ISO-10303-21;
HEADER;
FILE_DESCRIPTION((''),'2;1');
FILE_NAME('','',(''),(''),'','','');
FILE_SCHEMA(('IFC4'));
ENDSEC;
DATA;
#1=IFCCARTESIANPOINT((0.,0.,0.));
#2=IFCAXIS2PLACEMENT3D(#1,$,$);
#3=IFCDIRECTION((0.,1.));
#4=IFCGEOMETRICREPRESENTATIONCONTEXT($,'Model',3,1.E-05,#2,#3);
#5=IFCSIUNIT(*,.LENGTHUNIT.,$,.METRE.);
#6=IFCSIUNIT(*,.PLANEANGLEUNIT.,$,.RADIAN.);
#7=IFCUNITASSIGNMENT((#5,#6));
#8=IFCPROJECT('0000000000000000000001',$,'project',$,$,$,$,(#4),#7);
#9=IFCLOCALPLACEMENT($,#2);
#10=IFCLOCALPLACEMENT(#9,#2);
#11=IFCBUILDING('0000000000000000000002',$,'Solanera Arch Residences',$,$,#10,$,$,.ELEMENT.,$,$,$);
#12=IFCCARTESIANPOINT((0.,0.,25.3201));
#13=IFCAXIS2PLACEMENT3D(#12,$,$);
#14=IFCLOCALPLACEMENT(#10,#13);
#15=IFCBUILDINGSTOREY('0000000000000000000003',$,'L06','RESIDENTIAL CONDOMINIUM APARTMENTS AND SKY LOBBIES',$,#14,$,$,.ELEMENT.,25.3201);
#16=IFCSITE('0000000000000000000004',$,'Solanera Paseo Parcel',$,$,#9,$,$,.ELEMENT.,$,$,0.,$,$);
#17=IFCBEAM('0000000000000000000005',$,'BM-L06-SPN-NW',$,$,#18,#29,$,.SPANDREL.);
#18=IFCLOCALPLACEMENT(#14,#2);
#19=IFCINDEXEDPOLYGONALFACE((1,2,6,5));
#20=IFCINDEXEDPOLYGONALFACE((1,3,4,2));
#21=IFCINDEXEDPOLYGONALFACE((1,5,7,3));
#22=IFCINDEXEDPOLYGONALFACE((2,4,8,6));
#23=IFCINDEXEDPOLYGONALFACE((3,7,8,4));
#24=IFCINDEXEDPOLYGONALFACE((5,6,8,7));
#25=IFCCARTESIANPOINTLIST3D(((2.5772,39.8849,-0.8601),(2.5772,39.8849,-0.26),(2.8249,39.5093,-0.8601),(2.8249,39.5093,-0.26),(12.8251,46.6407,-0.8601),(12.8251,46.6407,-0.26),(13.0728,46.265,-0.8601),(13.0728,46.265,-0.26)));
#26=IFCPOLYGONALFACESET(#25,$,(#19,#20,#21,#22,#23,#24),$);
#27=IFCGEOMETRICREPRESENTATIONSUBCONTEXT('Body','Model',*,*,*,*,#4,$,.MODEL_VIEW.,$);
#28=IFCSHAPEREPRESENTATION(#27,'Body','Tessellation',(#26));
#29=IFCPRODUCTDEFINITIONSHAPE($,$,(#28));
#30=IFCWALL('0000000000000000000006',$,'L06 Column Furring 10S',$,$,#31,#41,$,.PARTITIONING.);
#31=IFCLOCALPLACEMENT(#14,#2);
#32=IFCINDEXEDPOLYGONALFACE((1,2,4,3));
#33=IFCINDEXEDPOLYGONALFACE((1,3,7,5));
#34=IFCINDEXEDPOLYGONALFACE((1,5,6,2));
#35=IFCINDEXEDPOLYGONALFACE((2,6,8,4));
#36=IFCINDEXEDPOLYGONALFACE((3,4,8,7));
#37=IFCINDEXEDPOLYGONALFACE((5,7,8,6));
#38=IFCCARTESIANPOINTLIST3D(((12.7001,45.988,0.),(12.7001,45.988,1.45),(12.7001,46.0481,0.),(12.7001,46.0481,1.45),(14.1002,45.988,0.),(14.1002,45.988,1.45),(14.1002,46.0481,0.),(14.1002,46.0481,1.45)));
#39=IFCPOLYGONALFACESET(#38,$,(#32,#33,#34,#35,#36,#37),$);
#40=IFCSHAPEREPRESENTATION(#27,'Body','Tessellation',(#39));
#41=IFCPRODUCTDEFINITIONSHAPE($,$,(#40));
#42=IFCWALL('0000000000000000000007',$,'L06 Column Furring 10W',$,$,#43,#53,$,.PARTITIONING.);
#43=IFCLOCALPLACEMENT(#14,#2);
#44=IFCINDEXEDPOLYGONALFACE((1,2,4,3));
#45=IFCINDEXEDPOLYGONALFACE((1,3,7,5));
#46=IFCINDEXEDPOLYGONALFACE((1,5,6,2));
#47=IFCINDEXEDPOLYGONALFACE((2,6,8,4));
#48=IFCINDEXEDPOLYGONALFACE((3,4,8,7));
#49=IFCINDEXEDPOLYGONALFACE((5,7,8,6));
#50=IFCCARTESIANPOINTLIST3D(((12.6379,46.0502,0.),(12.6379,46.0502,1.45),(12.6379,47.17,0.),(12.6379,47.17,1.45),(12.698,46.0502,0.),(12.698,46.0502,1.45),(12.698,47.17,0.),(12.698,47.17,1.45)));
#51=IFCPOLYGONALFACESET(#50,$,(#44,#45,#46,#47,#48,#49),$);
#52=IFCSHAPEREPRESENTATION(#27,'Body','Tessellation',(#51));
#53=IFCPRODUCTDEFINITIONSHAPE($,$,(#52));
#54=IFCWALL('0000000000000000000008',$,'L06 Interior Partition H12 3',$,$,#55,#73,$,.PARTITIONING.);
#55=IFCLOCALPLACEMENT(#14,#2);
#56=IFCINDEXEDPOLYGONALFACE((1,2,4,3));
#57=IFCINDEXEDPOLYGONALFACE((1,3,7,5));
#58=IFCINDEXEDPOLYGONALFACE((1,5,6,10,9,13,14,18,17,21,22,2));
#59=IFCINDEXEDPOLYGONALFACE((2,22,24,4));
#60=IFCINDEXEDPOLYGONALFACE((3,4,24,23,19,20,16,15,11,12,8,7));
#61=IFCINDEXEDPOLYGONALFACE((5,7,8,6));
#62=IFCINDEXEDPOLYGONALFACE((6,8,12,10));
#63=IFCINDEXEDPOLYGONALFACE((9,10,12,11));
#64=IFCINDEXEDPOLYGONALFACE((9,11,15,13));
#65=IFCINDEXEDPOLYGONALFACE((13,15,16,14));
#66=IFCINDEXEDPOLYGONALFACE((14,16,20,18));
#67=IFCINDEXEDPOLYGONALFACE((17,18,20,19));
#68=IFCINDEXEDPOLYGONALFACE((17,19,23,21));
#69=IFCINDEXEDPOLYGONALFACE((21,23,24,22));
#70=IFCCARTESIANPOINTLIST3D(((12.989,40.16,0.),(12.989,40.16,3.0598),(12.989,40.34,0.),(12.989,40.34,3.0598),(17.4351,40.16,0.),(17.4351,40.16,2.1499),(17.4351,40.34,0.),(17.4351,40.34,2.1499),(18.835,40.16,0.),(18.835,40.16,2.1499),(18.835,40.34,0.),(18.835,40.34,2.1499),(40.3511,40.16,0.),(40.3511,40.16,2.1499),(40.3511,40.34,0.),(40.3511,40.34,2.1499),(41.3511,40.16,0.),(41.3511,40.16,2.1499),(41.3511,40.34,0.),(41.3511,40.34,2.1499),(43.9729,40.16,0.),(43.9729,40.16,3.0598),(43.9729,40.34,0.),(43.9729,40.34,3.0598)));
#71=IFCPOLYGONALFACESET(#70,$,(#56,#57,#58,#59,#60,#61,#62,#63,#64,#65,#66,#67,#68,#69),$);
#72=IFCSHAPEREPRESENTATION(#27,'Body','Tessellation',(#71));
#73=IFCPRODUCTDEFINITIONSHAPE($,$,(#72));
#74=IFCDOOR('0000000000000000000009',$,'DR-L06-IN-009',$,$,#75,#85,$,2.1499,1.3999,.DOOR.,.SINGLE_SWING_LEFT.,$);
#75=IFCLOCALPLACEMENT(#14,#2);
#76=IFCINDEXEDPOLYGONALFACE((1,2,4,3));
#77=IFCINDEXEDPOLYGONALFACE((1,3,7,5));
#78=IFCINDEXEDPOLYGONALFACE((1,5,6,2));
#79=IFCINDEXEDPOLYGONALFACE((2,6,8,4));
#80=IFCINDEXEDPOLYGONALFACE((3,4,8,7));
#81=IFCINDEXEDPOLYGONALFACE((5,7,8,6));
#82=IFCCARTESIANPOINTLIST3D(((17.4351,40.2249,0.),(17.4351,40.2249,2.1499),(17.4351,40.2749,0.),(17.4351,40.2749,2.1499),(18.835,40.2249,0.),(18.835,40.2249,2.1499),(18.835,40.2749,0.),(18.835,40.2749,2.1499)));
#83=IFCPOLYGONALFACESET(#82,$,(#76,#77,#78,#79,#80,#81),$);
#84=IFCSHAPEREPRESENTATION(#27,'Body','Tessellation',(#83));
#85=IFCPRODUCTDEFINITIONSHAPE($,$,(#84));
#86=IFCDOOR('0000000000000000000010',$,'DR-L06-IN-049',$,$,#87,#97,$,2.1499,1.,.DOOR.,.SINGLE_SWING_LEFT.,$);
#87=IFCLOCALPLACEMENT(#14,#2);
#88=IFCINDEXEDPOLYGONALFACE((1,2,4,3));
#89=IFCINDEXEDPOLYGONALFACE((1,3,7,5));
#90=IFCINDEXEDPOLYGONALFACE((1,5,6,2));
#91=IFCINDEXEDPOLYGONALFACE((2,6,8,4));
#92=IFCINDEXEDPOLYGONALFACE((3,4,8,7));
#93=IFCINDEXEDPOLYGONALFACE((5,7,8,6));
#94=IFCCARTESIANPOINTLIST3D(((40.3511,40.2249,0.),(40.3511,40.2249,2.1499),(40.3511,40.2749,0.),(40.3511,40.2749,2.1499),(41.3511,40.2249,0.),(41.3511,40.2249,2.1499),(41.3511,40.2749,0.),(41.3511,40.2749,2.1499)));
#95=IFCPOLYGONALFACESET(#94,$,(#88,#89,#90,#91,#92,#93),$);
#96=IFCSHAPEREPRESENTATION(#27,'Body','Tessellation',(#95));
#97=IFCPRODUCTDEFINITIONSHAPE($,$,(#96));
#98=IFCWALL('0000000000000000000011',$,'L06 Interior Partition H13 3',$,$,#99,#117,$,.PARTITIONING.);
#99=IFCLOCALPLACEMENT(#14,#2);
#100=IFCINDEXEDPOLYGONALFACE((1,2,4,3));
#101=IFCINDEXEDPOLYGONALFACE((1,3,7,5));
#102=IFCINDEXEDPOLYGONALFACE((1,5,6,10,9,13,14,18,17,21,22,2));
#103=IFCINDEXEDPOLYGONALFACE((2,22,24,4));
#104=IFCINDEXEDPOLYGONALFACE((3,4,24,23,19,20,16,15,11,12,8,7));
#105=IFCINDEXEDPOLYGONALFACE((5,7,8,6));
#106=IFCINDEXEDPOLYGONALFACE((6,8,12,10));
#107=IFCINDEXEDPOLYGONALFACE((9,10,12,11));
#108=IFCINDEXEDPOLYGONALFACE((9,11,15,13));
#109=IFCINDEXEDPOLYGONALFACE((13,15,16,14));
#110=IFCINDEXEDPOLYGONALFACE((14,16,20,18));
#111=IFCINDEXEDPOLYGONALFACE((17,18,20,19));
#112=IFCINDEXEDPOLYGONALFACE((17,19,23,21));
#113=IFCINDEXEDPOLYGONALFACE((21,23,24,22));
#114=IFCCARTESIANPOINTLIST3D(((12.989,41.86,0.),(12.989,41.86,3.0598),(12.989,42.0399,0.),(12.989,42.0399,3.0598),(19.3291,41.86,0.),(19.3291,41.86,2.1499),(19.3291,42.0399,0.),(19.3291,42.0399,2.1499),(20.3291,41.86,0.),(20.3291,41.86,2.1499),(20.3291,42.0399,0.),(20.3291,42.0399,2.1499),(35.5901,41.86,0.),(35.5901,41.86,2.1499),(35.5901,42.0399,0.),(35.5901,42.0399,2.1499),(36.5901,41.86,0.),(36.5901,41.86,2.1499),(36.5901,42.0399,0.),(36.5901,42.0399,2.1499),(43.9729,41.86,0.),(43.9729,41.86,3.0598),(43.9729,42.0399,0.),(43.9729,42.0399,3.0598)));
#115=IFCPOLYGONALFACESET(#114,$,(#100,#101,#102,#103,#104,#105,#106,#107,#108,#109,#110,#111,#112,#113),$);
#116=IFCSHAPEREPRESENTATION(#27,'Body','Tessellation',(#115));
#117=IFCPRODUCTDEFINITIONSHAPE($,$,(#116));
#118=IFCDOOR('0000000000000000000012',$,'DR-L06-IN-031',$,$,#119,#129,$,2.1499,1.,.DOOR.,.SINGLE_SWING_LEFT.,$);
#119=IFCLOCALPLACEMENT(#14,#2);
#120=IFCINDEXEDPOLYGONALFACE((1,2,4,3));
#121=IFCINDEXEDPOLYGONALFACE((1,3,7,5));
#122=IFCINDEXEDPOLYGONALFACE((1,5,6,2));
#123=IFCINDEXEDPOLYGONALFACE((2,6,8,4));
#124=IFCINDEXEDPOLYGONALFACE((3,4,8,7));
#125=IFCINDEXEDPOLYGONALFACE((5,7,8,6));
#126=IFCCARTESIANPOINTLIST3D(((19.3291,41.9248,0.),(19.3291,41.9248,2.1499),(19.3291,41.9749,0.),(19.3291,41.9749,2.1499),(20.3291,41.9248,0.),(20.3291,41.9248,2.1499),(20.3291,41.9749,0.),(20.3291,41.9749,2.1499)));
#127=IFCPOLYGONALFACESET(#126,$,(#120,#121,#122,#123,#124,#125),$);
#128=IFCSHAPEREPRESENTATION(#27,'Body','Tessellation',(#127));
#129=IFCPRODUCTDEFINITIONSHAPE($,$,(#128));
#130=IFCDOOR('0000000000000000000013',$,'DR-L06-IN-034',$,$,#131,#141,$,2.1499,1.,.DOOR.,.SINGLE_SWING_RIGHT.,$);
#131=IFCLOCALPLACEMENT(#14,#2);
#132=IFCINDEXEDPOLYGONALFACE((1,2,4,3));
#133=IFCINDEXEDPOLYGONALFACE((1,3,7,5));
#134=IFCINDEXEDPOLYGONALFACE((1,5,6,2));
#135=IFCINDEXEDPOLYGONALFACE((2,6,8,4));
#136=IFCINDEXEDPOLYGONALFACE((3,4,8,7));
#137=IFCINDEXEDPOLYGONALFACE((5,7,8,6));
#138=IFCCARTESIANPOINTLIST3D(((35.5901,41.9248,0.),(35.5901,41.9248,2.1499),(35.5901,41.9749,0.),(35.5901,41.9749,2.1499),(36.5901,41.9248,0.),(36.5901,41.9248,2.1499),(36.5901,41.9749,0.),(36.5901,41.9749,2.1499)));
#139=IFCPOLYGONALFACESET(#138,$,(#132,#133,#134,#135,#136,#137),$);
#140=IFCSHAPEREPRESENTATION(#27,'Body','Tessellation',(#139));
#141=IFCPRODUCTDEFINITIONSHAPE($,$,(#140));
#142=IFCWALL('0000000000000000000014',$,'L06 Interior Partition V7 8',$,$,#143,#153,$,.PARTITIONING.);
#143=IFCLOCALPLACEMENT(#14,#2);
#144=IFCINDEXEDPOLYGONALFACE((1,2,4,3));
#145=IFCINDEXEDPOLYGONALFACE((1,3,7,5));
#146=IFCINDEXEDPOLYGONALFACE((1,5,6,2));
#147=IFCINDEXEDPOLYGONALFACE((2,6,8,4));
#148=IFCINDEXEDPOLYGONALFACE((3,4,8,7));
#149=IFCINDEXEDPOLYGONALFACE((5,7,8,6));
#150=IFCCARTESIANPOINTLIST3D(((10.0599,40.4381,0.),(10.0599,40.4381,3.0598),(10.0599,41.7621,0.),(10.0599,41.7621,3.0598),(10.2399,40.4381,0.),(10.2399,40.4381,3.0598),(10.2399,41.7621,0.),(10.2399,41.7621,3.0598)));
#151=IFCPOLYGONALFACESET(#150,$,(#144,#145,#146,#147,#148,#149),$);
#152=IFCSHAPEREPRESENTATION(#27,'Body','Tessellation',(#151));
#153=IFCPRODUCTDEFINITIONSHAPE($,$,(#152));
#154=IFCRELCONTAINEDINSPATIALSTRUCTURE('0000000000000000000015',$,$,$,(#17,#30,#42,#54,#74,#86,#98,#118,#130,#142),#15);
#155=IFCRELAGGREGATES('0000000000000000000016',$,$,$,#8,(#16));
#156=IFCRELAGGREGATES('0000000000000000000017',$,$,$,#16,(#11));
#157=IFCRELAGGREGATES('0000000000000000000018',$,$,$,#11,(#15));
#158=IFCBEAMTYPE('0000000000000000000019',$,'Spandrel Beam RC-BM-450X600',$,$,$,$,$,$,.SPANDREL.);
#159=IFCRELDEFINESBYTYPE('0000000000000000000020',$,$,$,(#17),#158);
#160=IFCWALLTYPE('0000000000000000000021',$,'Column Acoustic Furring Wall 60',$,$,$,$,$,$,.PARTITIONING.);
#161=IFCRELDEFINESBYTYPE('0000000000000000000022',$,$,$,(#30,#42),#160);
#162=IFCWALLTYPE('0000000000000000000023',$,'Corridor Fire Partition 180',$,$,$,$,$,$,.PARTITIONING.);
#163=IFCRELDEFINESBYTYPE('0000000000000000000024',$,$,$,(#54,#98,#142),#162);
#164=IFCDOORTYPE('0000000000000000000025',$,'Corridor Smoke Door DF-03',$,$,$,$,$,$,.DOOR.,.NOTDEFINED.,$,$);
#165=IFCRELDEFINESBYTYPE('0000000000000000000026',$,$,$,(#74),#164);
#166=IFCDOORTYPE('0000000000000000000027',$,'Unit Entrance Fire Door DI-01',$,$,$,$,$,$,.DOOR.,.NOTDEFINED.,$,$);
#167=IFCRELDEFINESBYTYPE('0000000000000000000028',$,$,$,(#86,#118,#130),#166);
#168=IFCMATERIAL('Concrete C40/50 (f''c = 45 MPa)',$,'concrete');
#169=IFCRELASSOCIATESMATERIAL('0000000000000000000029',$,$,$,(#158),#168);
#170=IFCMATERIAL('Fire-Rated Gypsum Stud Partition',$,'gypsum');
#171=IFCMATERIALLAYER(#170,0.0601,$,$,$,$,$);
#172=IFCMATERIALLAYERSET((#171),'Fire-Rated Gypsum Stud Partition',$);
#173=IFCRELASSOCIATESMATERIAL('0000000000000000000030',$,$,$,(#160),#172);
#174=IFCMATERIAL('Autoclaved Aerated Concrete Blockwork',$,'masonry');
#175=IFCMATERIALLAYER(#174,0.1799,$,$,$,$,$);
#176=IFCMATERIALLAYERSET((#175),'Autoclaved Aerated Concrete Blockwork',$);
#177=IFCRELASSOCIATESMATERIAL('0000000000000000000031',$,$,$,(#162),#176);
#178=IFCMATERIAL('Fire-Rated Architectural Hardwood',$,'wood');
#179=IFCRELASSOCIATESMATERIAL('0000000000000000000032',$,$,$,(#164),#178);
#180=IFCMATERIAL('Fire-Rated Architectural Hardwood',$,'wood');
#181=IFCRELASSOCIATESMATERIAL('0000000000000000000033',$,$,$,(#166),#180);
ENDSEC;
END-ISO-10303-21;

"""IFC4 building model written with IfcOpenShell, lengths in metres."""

from ifc_helpers import new_model, si_unit, direction, frame, frame_2d, origin, origin_2d, place, context, subcontext, project, spatial, rectangle, extrude, material, layer, layer_set, material_profile, profile_set, type_object, element, fill, save


model = new_model("IFC4")

# Units and contexts
model_context = context("Model", 3, precision=1e-05, world=origin(), true_north=direction((0.0, 1.0)))
body_context = subcontext(model_context, "Body", "Model", "MODEL_VIEW")
ifc_project = project(units=[si_unit("LENGTHUNIT", "METRE"), si_unit("PLANEANGLEUNIT", "RADIAN")], contexts=[model_context])

# Site, building, storey
site_placement = place(None, origin())
site = spatial("IfcSite", under=ifc_project, at=site_placement, Name="Solanera Paseo Parcel", CompositionType="ELEMENT", RefElevation=0.0)
building_placement = place(site_placement, origin())
building = spatial("IfcBuilding", under=site, at=building_placement, Name="Solanera Arch Residences", CompositionType="ELEMENT")
storey_placement = place(building_placement, frame((0.0, 0.0, 25.3201)))
storey = spatial("IfcBuildingStorey", under=building, at=storey_placement, Name="L06", Description="RESIDENTIAL CONDOMINIUM APARTMENTS AND SKY LOBBIES", CompositionType="ELEMENT", Elevation=25.3201)

# Beam
ifc_material_1 = material(Name="Concrete C40/50 (f'c = 45 MPa)", Category="concrete")
ifc_material_profile = material_profile(ifc_material_1, rectangle(XDim=0.45, YDim=0.6001, at=origin_2d()))
ifc_profile_set = profile_set([ifc_material_profile], Name="Concrete C40/50 (f'c = 45 MPa)")
beam_type = type_object("IfcBeamType", Name="Spandrel Beam RC-BM-450X600", PredefinedType="SPANDREL", material=ifc_profile_set)
beam_placement = place(storey_placement, frame((12.949, 46.4529, -0.5601), z_axis=(-0.834903, -0.550397, 0.0), x_axis=(0.550397, -0.834903, 0.0)))
element("IfcBeam", 1, at=beam_placement, inside=storey, type_object=beam_type, Name="BM-L06-SPN-NW", PredefinedType="SPANDREL", context=body_context, shape_type="SweptSolid", body=[
    extrude(rectangle(XDim=0.45, YDim=0.6001, at=origin_2d()), origin(), (0.0, 0.0, 1.0), 12.2744),
])

# Walls
ifc_material_2 = material(Name="Fire-Rated Gypsum Stud Partition", Category="gypsum")
ifc_layer_1 = layer(ifc_material_2, 0.0601)
ifc_layer_set_1 = layer_set([ifc_layer_1], Name="Fire-Rated Gypsum Stud Partition")
wall_type_1 = type_object("IfcWallType", Name="Column Acoustic Furring Wall 60", PredefinedType="PARTITIONING", material=ifc_layer_set_1)
wall_1_placement = place(storey_placement, frame((12.7, 46.0181, 0.0), z_axis=(0.0, 0.0, 1.0), x_axis=(1.0, 0.0, 0.0)))
element("IfcWall", 2, at=wall_1_placement, inside=storey, type_object=wall_type_1, Name="L06 Column Furring 10S", PredefinedType="PARTITIONING", context=body_context, shape_type="SweptSolid", body=[
    extrude(rectangle(XDim=1.4001, YDim=0.0601, at=frame_2d((0.7002, 0.0))), origin(), (0.0, 0.0, 1.0), 1.45),
])
wall_2_placement = place(storey_placement, frame((12.668, 46.05, 0.0), z_axis=(0.0, 0.0, 1.0), x_axis=(0.0, 1.0, 0.0)))
element("IfcWall", 3, at=wall_2_placement, inside=storey, type_object=wall_type_1, Name="L06 Column Furring 10W", PredefinedType="PARTITIONING", context=body_context, shape_type="SweptSolid", body=[
    extrude(rectangle(XDim=1.1199, YDim=0.0601, at=frame_2d((0.5601, 0.0))), origin(), (0.0, 0.0, 1.0), 1.45),
])

# Walls, openings, doors
ifc_material_3 = material(Name="Autoclaved Aerated Concrete Blockwork", Category="masonry")
ifc_layer_2 = layer(ifc_material_3, 0.1799)
ifc_layer_set_2 = layer_set([ifc_layer_2], Name="Autoclaved Aerated Concrete Blockwork")
wall_type_2 = type_object("IfcWallType", Name="Corridor Fire Partition 180", PredefinedType="PARTITIONING", material=ifc_layer_set_2)
wall_3_placement = place(storey_placement, frame((12.989, 40.25, 0.0), z_axis=(0.0, 0.0, 1.0), x_axis=(1.0, 0.0, 0.0)))
wall_3 = element("IfcWall", 4, at=wall_3_placement, inside=storey, type_object=wall_type_2, Name="L06 Interior Partition H12 3", PredefinedType="PARTITIONING", context=body_context, shape_type="SweptSolid", body=[
    extrude(rectangle(XDim=30.9839, YDim=0.1799, at=frame_2d((15.4919, 0.0))), origin(), (0.0, 0.0, 1.0), 3.0598),
])
opening_1_placement = place(wall_3_placement, frame((4.446, 0.0, 0.0)))
opening_1 = element("IfcOpeningElement", 5, at=opening_1_placement, cuts=wall_3, PredefinedType="OPENING", context=body_context, shape_type="SweptSolid", body=[
    extrude(rectangle(XDim=1.3999, YDim=2.1499, at=frame_2d((0.7, 1.075))), frame((0.0, 0.1001, 0.0), z_axis=(0.0, -1.0, 0.0), x_axis=(1.0, 0.0, 0.0)), (0.0, 0.0, 1.0), 0.1999),
])
opening_2_placement = place(wall_3_placement, frame((27.3621, 0.0, 0.0)))
opening_2 = element("IfcOpeningElement", 6, at=opening_2_placement, cuts=wall_3, PredefinedType="OPENING", context=body_context, shape_type="SweptSolid", body=[
    extrude(rectangle(XDim=1.0, YDim=2.1499, at=frame_2d((0.5, 1.075))), frame((0.0, 0.1001, 0.0), z_axis=(0.0, -1.0, 0.0), x_axis=(1.0, 0.0, 0.0)), (0.0, 0.0, 1.0), 0.1999),
])
ifc_material_4 = material(Name="Fire-Rated Architectural Hardwood", Category="wood")
door_type_1 = type_object("IfcDoorType", Name="Corridor Smoke Door DF-03", OperationType="NOTDEFINED", PredefinedType="DOOR", material=ifc_material_4)
door_1_placement = place(opening_1_placement, origin())
door_1 = element("IfcDoor", 7, at=door_1_placement, inside=storey, type_object=door_type_1, Name="DR-L06-IN-009", OperationType="SINGLE_SWING_LEFT", OverallHeight=2.1499, OverallWidth=1.3999, PredefinedType="DOOR", context=body_context, shape_type="SweptSolid", body=[
    extrude(rectangle(XDim=1.3999, YDim=2.1499, at=frame_2d((0.7, 1.075))), frame((0.0, 0.0249, 0.0), z_axis=(0.0, -1.0, 0.0), x_axis=(1.0, 0.0, 0.0)), (0.0, 0.0, 1.0), 0.05),
])
fill(opening_1, door_1)
ifc_material_5 = material(Name="Fire-Rated Architectural Hardwood", Category="wood")
door_type_2 = type_object("IfcDoorType", Name="Unit Entrance Fire Door DI-01", OperationType="NOTDEFINED", PredefinedType="DOOR", material=ifc_material_5)
door_2_placement = place(opening_2_placement, origin())
door_2 = element("IfcDoor", 8, at=door_2_placement, inside=storey, type_object=door_type_2, Name="DR-L06-IN-049", OperationType="SINGLE_SWING_LEFT", OverallHeight=2.1499, OverallWidth=1.0, PredefinedType="DOOR", context=body_context, shape_type="SweptSolid", body=[
    extrude(rectangle(XDim=1.0, YDim=2.1499, at=frame_2d((0.5, 1.075))), frame((0.0, 0.0249, 0.0), z_axis=(0.0, -1.0, 0.0), x_axis=(1.0, 0.0, 0.0)), (0.0, 0.0, 1.0), 0.05),
])
fill(opening_2, door_2)
wall_4_placement = place(storey_placement, frame((12.989, 41.95, 0.0), z_axis=(0.0, 0.0, 1.0), x_axis=(1.0, 0.0, 0.0)))
wall_4 = element("IfcWall", 9, at=wall_4_placement, inside=storey, type_object=wall_type_2, Name="L06 Interior Partition H13 3", PredefinedType="PARTITIONING", context=body_context, shape_type="SweptSolid", body=[
    extrude(rectangle(XDim=30.9839, YDim=0.1799, at=frame_2d((15.4919, 0.0))), origin(), (0.0, 0.0, 1.0), 3.0598),
])
opening_3_placement = place(wall_4_placement, frame((6.3401, 0.0, 0.0)))
opening_3 = element("IfcOpeningElement", 10, at=opening_3_placement, cuts=wall_4, PredefinedType="OPENING", context=body_context, shape_type="SweptSolid", body=[
    extrude(rectangle(XDim=1.0, YDim=2.1499, at=frame_2d((0.5, 1.075))), frame((0.0, 0.1001, 0.0), z_axis=(0.0, -1.0, 0.0), x_axis=(1.0, 0.0, 0.0)), (0.0, 0.0, 1.0), 0.1999),
])
opening_4_placement = place(wall_4_placement, frame((22.6011, 0.0, 0.0)))
opening_4 = element("IfcOpeningElement", 11, at=opening_4_placement, cuts=wall_4, PredefinedType="OPENING", context=body_context, shape_type="SweptSolid", body=[
    extrude(rectangle(XDim=1.0, YDim=2.1499, at=frame_2d((0.5, 1.075))), frame((0.0, 0.1001, 0.0), z_axis=(0.0, -1.0, 0.0), x_axis=(1.0, 0.0, 0.0)), (0.0, 0.0, 1.0), 0.1999),
])
door_3_placement = place(opening_3_placement, origin())
door_3 = element("IfcDoor", 12, at=door_3_placement, inside=storey, type_object=door_type_2, Name="DR-L06-IN-031", OperationType="SINGLE_SWING_LEFT", OverallHeight=2.1499, OverallWidth=1.0, PredefinedType="DOOR", context=body_context, shape_type="SweptSolid", body=[
    extrude(rectangle(XDim=1.0, YDim=2.1499, at=frame_2d((0.5, 1.075))), frame((0.0, 0.0249, 0.0), z_axis=(0.0, -1.0, 0.0), x_axis=(1.0, 0.0, 0.0)), (0.0, 0.0, 1.0), 0.05),
])
fill(opening_3, door_3)
door_4_placement = place(opening_4_placement, origin())
door_4 = element("IfcDoor", 13, at=door_4_placement, inside=storey, type_object=door_type_2, Name="DR-L06-IN-034", OperationType="SINGLE_SWING_RIGHT", OverallHeight=2.1499, OverallWidth=1.0, PredefinedType="DOOR", context=body_context, shape_type="SweptSolid", body=[
    extrude(rectangle(XDim=1.0, YDim=2.1499, at=frame_2d((0.5, 1.075))), frame((0.0, 0.0249, 0.0), z_axis=(0.0, -1.0, 0.0), x_axis=(1.0, 0.0, 0.0)), (0.0, 0.0, 1.0), 0.05),
])
fill(opening_4, door_4)

# Wall
wall_5_placement = place(storey_placement, frame((10.1499, 40.438, 0.0), z_axis=(0.0, 0.0, 1.0), x_axis=(0.0, 1.0, 0.0)))
element("IfcWall", 14, at=wall_5_placement, inside=storey, type_object=wall_type_2, Name="L06 Interior Partition V7 8", PredefinedType="PARTITIONING", context=body_context, shape_type="SweptSolid", body=[
    extrude(rectangle(XDim=1.324, YDim=0.1799, at=frame_2d((0.6621, 0.0))), origin(), (0.0, 0.0, 1.0), 3.0598),
])

save(model, "model.ifc")
